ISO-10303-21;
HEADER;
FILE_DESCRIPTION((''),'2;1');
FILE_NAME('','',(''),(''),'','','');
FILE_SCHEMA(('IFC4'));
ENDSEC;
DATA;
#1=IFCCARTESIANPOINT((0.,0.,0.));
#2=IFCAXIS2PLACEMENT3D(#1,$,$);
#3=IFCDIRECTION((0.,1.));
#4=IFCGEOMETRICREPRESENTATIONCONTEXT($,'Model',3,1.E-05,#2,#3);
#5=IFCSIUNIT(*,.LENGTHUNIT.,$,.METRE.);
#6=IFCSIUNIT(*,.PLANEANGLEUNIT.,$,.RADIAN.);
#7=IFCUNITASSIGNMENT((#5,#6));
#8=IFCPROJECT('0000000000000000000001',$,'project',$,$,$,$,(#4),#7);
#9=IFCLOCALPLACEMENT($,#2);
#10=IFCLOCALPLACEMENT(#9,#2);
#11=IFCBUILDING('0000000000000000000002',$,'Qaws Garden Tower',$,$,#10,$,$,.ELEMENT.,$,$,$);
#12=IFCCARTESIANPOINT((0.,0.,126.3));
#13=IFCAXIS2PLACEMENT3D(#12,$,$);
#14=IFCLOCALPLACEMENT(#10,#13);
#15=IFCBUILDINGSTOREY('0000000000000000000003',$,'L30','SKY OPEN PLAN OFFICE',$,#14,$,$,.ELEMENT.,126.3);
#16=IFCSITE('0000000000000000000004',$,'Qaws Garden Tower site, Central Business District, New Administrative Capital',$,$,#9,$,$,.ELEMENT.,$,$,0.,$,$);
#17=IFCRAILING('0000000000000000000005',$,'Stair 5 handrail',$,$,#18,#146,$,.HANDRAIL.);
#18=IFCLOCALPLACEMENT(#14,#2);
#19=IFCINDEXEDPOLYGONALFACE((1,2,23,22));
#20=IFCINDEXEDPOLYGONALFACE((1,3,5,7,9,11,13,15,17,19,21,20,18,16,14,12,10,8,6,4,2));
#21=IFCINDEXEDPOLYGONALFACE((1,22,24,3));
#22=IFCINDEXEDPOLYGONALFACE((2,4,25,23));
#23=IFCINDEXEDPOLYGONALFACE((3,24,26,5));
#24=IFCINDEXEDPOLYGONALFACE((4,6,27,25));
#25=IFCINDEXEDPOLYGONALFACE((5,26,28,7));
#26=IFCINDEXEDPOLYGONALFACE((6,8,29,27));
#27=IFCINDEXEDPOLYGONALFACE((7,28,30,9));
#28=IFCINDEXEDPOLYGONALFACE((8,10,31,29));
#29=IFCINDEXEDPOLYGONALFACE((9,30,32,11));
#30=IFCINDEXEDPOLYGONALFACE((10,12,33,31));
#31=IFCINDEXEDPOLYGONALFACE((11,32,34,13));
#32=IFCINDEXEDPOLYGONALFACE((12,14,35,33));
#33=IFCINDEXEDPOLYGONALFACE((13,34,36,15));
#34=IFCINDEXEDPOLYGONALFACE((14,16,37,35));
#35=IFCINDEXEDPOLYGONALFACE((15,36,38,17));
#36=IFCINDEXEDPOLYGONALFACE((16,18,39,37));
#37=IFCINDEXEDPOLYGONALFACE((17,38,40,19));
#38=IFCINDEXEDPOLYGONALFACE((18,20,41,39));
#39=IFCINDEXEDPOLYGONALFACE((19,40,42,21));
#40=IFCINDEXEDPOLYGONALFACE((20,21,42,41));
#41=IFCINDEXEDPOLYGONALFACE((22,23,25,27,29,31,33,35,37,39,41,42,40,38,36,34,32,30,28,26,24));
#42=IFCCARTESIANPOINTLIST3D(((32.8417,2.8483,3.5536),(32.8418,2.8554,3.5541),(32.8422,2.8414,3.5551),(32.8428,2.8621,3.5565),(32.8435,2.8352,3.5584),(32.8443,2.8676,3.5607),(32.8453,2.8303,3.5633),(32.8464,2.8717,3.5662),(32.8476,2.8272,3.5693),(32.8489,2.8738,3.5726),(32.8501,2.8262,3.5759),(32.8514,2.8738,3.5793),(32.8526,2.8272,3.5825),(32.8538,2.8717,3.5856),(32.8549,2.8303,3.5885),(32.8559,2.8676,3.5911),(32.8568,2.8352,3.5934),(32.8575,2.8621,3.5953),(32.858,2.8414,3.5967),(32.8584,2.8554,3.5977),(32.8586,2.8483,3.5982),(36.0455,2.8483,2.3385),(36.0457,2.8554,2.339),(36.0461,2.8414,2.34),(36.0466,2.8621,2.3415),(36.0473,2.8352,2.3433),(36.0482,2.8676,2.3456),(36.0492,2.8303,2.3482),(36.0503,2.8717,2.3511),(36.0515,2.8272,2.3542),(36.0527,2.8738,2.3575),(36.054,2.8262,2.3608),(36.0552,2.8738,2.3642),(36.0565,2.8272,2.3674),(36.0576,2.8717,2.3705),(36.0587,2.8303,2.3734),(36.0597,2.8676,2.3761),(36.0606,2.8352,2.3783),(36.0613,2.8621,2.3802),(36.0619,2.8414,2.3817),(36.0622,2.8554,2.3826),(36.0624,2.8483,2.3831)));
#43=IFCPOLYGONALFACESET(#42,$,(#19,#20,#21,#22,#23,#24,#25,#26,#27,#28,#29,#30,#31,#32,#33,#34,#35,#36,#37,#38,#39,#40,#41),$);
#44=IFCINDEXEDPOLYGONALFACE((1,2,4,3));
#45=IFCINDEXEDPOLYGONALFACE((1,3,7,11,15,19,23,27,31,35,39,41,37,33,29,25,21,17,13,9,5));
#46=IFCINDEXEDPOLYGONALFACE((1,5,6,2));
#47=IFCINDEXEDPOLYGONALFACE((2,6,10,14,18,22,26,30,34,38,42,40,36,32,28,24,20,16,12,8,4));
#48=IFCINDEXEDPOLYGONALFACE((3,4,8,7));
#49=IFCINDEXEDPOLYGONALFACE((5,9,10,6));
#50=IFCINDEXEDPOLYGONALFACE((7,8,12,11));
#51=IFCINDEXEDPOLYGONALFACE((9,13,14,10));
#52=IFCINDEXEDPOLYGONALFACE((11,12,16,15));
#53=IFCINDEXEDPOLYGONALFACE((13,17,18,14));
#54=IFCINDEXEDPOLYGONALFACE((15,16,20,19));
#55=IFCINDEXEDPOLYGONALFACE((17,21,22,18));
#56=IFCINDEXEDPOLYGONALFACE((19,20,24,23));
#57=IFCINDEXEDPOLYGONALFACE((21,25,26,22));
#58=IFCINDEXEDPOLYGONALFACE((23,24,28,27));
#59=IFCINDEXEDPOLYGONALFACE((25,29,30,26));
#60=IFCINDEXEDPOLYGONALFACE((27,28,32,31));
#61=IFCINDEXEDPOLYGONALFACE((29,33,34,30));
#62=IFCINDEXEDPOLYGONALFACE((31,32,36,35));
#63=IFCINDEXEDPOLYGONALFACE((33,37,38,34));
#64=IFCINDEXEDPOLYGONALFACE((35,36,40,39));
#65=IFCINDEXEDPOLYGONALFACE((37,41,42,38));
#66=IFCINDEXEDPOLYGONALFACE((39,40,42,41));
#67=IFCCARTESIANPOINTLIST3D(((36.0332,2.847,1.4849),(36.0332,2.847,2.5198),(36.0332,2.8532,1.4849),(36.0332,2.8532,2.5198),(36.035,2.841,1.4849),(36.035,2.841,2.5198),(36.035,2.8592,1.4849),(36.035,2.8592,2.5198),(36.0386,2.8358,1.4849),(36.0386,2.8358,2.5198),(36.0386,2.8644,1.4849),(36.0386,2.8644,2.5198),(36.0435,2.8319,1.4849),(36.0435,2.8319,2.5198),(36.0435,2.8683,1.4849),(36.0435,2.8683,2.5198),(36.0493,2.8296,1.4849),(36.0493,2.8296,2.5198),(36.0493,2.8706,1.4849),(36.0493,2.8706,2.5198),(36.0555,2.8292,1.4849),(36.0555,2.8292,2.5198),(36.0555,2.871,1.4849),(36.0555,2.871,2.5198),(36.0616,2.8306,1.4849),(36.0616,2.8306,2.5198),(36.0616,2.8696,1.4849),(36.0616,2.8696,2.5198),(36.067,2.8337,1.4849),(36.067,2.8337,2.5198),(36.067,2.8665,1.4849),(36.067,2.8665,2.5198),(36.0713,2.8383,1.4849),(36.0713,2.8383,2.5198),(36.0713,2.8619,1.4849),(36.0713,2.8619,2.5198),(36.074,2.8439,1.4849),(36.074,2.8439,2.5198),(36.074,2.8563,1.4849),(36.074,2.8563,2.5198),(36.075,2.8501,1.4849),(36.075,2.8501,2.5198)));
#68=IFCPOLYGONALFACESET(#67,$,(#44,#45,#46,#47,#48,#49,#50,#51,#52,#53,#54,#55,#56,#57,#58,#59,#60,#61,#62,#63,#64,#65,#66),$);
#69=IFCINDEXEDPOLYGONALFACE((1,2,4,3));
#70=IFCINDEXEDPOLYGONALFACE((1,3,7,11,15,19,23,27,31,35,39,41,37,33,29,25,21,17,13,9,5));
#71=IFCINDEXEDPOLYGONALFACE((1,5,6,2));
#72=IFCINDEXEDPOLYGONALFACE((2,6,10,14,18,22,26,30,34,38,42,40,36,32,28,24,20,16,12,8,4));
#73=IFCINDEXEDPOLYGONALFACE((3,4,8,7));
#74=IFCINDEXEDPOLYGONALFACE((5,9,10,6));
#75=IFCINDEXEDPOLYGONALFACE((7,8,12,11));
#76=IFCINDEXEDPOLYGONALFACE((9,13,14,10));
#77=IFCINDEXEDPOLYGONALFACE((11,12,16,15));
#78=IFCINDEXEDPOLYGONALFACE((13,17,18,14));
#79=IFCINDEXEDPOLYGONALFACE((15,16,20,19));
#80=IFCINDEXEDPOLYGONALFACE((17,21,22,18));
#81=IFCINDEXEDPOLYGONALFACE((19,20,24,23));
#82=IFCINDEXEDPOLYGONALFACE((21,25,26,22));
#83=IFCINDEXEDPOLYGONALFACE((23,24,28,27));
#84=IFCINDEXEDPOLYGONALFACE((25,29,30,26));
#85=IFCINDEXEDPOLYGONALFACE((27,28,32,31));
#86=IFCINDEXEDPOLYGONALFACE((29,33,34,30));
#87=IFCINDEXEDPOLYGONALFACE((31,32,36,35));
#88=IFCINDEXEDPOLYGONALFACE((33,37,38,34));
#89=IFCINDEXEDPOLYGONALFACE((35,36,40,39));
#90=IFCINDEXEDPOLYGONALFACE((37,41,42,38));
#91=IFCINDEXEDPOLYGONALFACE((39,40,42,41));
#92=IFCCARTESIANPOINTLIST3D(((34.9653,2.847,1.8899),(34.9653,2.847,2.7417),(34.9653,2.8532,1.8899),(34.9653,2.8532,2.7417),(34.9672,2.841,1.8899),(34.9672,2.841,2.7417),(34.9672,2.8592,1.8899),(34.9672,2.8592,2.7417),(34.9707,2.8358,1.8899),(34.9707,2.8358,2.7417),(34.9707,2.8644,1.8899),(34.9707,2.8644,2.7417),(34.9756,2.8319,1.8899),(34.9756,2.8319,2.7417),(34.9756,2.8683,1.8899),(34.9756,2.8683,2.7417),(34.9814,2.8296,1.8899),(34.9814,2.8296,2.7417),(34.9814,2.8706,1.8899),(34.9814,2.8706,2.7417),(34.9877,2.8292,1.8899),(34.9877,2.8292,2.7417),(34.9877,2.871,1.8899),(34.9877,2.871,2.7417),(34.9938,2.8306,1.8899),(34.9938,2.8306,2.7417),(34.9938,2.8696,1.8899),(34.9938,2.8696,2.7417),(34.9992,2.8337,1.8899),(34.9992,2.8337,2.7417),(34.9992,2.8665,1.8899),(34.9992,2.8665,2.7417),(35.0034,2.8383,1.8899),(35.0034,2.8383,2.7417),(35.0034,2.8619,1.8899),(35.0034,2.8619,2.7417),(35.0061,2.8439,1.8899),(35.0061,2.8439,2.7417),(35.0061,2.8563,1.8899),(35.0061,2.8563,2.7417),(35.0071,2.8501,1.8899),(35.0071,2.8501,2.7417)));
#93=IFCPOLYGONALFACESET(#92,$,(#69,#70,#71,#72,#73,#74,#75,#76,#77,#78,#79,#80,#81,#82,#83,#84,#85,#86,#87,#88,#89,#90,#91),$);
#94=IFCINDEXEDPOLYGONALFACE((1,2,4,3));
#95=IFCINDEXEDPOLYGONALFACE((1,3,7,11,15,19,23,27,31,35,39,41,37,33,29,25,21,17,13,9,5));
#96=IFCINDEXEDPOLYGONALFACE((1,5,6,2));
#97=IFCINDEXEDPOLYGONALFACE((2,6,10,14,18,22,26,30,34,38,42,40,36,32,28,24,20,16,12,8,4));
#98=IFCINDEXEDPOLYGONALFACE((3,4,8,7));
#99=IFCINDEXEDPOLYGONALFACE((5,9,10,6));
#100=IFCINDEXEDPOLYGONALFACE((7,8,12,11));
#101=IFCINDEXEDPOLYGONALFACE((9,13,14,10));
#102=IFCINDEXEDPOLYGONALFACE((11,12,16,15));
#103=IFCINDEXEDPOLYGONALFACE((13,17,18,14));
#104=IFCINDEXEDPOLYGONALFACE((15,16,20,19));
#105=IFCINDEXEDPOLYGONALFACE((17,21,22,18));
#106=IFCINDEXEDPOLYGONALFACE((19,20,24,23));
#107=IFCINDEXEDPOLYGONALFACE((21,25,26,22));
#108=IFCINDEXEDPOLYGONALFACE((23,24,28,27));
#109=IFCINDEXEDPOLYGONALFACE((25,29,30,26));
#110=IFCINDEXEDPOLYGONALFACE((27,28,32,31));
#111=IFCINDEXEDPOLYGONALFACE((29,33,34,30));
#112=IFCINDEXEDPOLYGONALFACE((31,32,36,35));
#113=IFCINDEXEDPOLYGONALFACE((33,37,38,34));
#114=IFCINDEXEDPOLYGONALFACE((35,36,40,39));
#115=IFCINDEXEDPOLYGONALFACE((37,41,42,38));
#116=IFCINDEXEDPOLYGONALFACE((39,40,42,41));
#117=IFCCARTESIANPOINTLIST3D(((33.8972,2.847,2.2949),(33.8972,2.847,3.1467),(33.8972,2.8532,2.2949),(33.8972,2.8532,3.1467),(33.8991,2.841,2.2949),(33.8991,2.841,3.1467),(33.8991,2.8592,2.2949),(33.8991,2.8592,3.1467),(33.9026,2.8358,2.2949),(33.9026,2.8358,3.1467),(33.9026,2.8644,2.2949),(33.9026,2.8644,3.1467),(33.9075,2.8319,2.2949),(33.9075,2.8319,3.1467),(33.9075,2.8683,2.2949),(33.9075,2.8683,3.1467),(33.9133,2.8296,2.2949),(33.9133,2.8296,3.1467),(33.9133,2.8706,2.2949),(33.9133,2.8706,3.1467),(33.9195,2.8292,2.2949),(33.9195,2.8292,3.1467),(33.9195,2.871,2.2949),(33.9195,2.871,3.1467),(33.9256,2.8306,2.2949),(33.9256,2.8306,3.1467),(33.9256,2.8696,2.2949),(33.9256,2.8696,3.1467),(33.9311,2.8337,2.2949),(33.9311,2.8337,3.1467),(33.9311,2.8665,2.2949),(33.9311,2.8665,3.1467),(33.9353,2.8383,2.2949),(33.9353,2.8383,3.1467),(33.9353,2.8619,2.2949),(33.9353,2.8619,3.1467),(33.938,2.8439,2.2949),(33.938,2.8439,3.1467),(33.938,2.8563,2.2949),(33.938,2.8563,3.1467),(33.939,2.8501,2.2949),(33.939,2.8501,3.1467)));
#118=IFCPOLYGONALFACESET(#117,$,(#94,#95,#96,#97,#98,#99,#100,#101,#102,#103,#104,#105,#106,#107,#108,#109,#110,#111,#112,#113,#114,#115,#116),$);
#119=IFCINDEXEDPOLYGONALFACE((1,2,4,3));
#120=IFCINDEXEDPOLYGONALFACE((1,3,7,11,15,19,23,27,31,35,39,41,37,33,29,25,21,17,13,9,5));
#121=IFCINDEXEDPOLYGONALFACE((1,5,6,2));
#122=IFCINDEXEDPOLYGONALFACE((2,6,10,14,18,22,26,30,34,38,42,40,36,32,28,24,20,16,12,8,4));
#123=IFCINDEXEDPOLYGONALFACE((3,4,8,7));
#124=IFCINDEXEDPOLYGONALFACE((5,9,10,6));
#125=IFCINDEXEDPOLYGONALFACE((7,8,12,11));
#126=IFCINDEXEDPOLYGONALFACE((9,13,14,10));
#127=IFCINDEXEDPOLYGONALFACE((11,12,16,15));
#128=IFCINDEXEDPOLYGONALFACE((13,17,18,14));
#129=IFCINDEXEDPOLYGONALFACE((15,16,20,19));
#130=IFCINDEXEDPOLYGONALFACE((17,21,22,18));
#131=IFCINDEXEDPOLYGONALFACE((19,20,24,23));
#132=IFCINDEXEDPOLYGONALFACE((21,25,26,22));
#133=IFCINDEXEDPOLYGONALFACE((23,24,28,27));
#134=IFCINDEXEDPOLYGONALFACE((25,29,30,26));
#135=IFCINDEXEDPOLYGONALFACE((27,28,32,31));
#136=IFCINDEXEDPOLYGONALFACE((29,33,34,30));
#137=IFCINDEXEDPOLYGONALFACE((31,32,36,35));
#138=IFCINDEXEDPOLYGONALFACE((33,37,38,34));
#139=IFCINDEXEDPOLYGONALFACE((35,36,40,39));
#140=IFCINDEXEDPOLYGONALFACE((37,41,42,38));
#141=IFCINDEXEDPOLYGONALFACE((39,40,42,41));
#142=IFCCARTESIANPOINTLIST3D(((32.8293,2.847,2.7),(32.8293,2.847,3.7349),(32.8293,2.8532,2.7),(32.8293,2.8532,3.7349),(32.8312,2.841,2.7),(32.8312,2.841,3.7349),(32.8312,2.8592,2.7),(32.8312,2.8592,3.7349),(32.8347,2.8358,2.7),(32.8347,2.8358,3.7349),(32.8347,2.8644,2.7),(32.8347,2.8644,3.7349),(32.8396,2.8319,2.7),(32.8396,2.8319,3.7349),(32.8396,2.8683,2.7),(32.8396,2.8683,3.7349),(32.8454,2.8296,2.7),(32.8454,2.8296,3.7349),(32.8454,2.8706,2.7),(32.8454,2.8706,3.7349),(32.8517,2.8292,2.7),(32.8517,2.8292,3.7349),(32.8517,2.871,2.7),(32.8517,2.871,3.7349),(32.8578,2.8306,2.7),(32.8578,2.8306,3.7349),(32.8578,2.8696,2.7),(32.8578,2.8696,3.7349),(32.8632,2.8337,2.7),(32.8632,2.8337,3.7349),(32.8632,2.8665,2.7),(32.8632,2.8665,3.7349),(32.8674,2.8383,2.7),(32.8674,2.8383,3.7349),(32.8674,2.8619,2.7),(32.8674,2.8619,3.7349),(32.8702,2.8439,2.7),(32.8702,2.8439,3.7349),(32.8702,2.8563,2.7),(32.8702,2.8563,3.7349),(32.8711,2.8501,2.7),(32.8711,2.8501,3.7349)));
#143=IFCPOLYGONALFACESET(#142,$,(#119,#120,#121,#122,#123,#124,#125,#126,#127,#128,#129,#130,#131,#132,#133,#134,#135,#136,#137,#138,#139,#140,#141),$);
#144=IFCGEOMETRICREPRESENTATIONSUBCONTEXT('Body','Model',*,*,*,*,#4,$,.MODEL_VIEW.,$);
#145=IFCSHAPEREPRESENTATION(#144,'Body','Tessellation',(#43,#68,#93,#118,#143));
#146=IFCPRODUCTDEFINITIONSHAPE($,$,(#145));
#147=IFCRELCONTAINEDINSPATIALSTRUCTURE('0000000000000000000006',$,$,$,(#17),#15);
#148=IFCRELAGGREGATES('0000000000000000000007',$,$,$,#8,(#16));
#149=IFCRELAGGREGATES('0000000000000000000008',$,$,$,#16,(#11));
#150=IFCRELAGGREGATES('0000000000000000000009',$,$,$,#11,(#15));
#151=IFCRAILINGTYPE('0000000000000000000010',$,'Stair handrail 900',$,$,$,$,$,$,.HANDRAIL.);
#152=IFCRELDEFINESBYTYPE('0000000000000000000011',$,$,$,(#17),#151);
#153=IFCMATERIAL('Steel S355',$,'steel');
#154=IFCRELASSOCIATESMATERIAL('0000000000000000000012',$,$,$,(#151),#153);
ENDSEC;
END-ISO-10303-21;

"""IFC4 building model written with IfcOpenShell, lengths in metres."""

from ifc_helpers import new_model, si_unit, direction, frame, origin, origin_2d, place, context, subcontext, project, spatial, circle, extrude, material, type_object, element, save


model = new_model("IFC4")

# Units and contexts
model_context = context("Model", 3, precision=1e-05, world=origin(), true_north=direction((0.0, 1.0)))
body_context = subcontext(model_context, "Body", "Model", "MODEL_VIEW")
ifc_project = project(units=[si_unit("LENGTHUNIT", "METRE"), si_unit("PLANEANGLEUNIT", "RADIAN")], contexts=[model_context])

# Site, building, storey
site_placement = place(None, origin())
site = spatial("IfcSite", under=ifc_project, at=site_placement, Name="Qaws Garden Tower site, Central Business District, New Administrative Capital", CompositionType="ELEMENT", RefElevation=0.0)
building_placement = place(site_placement, origin())
building = spatial("IfcBuilding", under=site, at=building_placement, Name="Qaws Garden Tower", CompositionType="ELEMENT")
storey_placement = place(building_placement, frame((0.0, 0.0, 126.3)))
storey = spatial("IfcBuildingStorey", under=building, at=storey_placement, Name="L30", Description="SKY OPEN PLAN OFFICE", CompositionType="ELEMENT", Elevation=126.3)

# Railing
ifc_material_1 = material(Name="Steel S355", Category="steel")
railing_type = type_object("IfcRailingType", Name="Stair handrail 900", PredefinedType="HANDRAIL", material=ifc_material_1)
railing_1_placement = place(storey_placement, frame((36.054, 2.8501, 1.4849)))
element("IfcRailing", 1, at=railing_1_placement, inside=storey, type_object=railing_type, Name="Stair 5 handrail", PredefinedType="HANDRAIL", context=body_context, shape_type="SweptSolid", body=[
    extrude(circle(Radius=0.0239, at=origin_2d()), frame((0.0, 0.0, 0.876), z_axis=(-0.935014, 0.0, 0.354611), x_axis=(0.0, -1.0, 0.0)), (0.0, 0.0, 1.0), 3.4265),
    extrude(circle(Radius=0.021, at=origin_2d()), origin(), (0.0, 0.0, 1.0), 1.0349),
    extrude(circle(Radius=0.021, at=origin_2d()), frame((-1.0679, 0.0, 0.405)), (0.0, 0.0, 1.0), 0.8518),
    extrude(circle(Radius=0.021, at=origin_2d()), frame((-2.136, 0.0, 0.8101)), (0.0, 0.0, 1.0), 0.8518),
    extrude(circle(Radius=0.021, at=origin_2d()), frame((-3.2039, 0.0, 1.2151)), (0.0, 0.0, 1.0), 1.0349),
])

save(model, "model.ifc")
